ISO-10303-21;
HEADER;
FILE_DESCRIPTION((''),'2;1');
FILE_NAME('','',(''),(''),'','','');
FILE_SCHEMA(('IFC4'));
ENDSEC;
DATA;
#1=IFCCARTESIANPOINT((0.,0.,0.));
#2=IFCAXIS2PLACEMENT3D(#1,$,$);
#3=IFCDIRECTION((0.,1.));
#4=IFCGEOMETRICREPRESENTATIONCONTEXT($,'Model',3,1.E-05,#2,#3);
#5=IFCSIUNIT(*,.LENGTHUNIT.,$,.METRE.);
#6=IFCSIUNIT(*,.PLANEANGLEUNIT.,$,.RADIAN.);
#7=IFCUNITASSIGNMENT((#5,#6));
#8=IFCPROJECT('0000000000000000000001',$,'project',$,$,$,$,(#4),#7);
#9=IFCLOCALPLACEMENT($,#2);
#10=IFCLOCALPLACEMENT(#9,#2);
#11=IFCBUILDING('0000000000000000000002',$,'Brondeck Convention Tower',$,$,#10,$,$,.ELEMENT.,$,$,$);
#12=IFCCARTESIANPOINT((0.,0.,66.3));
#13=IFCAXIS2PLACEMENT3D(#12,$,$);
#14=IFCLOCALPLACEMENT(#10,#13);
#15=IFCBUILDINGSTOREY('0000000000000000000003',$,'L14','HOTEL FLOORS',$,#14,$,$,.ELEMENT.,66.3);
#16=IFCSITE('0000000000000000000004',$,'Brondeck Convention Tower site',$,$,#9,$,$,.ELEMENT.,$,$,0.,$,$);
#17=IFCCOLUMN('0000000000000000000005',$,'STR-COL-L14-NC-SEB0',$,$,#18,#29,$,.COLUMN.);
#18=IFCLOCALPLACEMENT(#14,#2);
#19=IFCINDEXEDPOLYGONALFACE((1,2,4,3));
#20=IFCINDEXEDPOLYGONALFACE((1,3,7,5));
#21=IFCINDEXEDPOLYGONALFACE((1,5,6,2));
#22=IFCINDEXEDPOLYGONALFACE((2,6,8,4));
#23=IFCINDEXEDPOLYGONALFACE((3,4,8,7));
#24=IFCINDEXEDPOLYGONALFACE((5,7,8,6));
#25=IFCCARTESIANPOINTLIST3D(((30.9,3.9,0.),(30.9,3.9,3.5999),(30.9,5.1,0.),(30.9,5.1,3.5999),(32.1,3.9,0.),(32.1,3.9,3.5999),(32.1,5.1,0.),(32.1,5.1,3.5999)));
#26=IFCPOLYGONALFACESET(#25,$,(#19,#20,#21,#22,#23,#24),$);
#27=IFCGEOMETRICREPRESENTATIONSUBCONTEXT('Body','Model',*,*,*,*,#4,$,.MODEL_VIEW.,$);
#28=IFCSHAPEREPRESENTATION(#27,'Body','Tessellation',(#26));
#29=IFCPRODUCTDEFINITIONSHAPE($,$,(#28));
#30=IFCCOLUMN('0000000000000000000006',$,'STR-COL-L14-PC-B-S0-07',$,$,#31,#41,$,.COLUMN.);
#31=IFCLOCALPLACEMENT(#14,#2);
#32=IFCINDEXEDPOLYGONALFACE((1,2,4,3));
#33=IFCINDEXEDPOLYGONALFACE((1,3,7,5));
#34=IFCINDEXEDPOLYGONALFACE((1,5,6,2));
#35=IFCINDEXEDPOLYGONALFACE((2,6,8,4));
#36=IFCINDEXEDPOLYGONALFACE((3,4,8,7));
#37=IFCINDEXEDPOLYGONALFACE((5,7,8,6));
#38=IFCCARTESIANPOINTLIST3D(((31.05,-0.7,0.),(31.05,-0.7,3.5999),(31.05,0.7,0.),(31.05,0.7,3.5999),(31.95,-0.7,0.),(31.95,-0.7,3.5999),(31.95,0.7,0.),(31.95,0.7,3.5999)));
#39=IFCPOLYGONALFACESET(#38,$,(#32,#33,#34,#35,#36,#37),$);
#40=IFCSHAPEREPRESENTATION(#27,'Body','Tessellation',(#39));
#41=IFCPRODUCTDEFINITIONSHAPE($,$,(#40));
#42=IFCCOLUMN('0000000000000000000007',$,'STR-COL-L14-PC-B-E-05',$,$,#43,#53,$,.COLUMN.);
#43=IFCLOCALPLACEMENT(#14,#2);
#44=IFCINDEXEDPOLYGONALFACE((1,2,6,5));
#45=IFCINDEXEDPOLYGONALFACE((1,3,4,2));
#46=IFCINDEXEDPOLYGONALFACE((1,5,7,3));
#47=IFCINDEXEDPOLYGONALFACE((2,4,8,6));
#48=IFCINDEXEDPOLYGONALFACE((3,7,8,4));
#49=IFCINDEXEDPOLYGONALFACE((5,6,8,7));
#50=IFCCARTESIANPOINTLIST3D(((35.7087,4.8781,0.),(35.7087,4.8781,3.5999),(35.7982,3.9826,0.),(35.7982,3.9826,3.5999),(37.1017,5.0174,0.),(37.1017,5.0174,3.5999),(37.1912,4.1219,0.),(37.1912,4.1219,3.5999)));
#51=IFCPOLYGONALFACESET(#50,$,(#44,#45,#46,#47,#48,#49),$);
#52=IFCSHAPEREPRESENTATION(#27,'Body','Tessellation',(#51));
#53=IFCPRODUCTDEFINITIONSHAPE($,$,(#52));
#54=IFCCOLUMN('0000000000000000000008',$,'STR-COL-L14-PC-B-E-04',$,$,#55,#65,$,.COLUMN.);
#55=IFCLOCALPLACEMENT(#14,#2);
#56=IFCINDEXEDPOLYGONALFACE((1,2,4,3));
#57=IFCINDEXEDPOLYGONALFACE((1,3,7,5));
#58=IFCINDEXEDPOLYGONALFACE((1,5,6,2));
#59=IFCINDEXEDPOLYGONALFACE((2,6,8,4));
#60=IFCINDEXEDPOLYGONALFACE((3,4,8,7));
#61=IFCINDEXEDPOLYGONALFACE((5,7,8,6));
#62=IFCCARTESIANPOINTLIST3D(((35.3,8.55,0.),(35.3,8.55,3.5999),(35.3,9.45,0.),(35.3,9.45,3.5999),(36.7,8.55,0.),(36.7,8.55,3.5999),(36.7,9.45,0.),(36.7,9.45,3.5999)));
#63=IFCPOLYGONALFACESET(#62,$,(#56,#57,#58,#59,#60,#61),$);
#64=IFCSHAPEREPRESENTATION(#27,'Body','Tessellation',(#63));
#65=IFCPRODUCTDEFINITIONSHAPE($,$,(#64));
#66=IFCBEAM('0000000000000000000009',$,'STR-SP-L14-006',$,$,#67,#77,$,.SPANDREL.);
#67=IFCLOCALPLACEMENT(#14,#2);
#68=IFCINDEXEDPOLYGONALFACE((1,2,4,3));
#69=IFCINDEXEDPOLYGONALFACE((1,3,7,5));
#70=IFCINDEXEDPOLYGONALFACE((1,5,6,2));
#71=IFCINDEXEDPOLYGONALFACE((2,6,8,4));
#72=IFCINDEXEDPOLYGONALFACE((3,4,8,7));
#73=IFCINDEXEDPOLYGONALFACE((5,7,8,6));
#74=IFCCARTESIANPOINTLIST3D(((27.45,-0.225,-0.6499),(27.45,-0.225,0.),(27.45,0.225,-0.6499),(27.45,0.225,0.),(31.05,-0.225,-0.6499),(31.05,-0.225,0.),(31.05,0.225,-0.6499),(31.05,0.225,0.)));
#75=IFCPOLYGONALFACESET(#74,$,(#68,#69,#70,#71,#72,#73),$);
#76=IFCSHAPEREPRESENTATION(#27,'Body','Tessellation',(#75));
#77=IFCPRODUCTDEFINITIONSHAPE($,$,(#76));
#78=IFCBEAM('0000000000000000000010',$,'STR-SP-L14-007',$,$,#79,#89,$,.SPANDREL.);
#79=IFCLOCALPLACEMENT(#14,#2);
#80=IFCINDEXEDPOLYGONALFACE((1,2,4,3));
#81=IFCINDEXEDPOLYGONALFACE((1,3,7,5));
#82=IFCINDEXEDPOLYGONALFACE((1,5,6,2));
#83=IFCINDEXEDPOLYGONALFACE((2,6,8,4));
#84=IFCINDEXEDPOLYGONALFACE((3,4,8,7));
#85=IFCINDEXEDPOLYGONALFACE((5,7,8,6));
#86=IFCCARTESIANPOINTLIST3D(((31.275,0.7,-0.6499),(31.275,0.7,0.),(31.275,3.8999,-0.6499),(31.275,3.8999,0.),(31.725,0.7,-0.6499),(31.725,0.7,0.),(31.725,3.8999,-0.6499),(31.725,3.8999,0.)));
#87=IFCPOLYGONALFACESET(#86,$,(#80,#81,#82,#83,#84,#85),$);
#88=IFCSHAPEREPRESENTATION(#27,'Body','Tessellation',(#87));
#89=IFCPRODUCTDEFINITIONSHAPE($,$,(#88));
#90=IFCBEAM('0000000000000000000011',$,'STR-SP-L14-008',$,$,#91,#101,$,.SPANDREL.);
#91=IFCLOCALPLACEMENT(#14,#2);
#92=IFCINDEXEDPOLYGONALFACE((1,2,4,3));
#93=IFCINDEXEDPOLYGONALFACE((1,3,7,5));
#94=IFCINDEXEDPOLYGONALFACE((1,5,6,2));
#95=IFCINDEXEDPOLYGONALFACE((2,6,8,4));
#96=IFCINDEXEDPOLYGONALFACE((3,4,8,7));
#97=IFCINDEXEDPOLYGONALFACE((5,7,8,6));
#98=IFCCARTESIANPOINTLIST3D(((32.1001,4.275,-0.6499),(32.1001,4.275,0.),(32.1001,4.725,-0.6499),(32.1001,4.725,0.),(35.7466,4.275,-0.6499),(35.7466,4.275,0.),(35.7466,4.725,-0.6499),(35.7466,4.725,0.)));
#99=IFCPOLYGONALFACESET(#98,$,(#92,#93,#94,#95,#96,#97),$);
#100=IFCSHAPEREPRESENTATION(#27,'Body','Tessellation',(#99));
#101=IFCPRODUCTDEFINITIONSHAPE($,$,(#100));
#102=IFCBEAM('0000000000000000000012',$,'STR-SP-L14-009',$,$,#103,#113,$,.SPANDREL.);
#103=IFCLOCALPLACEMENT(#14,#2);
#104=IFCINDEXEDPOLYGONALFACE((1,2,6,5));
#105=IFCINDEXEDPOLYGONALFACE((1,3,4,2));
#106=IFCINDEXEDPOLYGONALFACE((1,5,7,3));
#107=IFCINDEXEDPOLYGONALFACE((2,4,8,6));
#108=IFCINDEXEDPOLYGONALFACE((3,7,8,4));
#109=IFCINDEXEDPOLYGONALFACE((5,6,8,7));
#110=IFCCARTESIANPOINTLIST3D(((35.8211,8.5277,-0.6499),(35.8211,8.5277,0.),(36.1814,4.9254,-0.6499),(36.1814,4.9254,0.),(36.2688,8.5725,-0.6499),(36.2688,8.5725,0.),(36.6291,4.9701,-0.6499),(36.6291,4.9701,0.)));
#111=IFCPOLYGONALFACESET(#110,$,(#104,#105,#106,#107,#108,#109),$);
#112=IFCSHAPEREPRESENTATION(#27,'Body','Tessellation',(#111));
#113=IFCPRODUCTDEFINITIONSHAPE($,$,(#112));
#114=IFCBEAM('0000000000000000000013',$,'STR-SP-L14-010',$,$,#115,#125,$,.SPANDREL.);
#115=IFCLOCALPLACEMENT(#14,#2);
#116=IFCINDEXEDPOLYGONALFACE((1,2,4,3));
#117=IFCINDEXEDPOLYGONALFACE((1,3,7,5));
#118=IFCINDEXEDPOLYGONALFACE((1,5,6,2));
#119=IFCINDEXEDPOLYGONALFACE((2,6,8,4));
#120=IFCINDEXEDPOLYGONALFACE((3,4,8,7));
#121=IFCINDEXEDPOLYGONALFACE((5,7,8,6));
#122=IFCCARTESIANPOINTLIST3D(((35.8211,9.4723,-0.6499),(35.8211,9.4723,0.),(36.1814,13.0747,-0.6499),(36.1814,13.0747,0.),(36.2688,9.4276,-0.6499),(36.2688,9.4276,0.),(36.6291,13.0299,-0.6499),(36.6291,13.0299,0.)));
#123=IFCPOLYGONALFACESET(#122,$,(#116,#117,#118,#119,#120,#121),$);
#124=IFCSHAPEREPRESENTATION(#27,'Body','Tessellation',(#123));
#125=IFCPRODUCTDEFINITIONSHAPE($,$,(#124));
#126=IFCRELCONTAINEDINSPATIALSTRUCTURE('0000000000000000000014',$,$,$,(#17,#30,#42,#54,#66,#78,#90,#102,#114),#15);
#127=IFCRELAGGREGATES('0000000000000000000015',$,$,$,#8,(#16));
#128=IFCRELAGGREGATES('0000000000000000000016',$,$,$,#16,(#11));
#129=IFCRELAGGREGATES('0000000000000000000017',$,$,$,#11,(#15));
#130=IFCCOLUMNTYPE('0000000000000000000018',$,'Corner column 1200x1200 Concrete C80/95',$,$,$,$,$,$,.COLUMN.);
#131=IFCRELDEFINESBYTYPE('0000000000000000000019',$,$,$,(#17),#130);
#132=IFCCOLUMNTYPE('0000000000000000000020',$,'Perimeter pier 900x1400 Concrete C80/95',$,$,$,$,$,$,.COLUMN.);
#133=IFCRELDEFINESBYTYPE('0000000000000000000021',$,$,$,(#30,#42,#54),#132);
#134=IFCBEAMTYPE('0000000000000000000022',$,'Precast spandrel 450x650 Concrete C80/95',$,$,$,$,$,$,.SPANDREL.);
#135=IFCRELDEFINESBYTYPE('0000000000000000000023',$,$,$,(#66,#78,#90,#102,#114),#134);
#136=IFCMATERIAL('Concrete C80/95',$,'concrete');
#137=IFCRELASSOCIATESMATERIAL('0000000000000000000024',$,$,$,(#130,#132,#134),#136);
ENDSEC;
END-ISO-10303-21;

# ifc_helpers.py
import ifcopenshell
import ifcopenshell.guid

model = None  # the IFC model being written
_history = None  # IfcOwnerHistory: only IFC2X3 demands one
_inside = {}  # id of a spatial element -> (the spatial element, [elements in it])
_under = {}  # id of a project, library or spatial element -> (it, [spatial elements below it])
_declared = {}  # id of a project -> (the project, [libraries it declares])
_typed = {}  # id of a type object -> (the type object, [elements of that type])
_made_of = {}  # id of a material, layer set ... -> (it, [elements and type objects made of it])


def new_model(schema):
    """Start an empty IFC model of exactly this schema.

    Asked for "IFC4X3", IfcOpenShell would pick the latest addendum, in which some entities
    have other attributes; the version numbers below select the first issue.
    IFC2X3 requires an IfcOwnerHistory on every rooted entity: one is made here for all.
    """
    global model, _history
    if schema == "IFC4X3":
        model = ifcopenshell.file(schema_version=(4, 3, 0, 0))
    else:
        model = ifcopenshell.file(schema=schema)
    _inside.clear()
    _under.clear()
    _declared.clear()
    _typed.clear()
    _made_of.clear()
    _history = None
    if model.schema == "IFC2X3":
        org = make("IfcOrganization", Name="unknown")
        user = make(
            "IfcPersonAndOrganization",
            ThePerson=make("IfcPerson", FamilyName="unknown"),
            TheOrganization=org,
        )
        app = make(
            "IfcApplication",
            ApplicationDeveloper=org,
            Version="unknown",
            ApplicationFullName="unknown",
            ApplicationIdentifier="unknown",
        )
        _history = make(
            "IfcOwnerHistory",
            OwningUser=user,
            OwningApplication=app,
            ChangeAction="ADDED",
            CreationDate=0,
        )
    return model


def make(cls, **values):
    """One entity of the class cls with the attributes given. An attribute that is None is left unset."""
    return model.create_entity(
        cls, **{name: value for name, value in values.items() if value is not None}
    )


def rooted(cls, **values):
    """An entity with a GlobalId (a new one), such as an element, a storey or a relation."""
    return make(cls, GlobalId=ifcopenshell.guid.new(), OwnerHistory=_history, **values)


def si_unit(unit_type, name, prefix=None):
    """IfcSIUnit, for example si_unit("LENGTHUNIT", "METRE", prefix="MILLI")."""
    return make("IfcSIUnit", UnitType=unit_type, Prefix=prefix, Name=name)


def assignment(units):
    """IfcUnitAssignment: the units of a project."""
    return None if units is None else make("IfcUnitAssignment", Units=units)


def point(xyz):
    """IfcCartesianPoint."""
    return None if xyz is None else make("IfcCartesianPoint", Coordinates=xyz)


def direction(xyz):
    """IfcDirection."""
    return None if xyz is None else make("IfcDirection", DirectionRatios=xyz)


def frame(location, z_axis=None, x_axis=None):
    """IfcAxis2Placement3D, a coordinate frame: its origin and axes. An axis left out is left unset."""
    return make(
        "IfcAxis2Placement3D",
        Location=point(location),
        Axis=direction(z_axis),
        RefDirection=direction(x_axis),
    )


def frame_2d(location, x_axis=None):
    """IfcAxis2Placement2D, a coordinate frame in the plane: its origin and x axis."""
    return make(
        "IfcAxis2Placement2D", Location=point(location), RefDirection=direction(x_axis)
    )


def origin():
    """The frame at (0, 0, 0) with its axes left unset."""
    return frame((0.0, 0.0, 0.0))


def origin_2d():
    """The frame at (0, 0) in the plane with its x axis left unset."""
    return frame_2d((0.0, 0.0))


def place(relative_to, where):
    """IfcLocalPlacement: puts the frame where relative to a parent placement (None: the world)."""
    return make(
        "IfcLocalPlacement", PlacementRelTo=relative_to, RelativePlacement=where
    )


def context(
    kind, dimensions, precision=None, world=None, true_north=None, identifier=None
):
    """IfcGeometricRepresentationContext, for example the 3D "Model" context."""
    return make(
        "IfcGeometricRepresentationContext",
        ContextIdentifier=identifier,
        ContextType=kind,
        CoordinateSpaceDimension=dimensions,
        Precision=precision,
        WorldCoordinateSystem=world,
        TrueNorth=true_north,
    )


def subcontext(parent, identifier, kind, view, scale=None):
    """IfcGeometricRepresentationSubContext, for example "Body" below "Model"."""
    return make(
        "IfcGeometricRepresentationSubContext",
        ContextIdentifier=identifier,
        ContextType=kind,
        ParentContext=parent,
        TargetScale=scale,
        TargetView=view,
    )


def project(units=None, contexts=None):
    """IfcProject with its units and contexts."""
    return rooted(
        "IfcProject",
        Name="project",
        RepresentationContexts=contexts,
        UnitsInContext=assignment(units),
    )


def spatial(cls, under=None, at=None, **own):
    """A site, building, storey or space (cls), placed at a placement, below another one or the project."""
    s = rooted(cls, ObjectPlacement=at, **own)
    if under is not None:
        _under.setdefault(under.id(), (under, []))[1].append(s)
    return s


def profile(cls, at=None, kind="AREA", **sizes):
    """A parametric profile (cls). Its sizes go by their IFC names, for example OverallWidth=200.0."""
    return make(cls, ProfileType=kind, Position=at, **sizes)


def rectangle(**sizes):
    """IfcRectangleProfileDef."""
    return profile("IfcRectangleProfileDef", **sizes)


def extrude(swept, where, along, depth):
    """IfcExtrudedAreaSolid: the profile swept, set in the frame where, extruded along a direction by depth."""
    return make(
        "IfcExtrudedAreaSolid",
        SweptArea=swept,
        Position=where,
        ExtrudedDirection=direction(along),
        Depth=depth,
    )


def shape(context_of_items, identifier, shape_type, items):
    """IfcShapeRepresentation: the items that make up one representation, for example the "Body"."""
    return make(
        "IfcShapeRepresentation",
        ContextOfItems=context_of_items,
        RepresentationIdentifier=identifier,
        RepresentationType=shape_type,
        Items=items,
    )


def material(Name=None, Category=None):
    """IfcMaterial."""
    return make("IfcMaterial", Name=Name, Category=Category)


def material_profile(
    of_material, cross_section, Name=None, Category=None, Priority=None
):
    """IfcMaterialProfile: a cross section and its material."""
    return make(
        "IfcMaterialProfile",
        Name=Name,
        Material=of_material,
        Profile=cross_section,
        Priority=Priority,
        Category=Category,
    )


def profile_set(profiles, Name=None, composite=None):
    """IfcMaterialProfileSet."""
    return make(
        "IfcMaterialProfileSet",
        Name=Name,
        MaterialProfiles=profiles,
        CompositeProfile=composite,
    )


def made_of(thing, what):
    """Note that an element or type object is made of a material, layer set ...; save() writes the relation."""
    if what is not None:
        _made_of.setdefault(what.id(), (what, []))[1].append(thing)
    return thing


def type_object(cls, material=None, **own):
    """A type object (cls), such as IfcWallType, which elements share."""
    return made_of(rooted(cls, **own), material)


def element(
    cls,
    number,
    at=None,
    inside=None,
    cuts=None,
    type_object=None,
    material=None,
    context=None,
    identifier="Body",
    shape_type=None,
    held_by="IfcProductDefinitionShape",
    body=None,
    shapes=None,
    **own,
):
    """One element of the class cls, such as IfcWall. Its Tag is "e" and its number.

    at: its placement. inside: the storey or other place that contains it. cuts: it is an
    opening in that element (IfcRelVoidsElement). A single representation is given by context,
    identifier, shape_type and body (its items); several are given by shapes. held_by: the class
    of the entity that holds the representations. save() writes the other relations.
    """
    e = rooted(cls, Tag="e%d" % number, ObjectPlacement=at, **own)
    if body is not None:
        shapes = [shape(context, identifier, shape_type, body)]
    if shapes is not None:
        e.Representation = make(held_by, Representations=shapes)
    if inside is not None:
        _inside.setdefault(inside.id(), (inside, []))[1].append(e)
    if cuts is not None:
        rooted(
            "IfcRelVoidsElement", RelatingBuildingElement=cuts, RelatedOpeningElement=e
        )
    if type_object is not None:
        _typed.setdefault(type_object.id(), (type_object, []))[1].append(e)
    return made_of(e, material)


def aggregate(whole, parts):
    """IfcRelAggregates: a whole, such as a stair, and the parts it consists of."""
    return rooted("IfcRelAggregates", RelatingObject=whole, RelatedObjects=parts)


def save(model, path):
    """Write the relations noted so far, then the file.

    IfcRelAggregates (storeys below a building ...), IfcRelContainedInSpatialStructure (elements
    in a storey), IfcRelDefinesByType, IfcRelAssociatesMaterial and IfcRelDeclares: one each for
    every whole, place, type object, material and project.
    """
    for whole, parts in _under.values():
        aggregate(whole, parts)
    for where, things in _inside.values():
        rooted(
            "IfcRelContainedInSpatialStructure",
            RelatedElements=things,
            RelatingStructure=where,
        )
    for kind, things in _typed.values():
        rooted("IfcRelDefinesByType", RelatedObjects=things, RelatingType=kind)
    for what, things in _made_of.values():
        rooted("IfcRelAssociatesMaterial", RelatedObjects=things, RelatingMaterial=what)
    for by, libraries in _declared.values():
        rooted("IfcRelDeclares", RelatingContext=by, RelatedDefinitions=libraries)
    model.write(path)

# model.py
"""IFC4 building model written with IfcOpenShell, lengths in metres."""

from ifc_helpers import new_model, si_unit, direction, frame, origin, origin_2d, place, context, subcontext, project, spatial, rectangle, extrude, material, material_profile, profile_set, type_object, element, save


model = new_model("IFC4")

# Units and contexts
model_context = context("Model", 3, precision=1e-05, world=origin(), true_north=direction((0.0, 1.0)))
body_context = subcontext(model_context, "Body", "Model", "MODEL_VIEW")
ifc_project = project(units=[si_unit("LENGTHUNIT", "METRE"), si_unit("PLANEANGLEUNIT", "RADIAN")], contexts=[model_context])

# Site, building, storey
site_placement = place(None, origin())
site = spatial("IfcSite", under=ifc_project, at=site_placement, Name="Brondeck Convention Tower site", CompositionType="ELEMENT", RefElevation=0.0)
building_placement = place(site_placement, origin())
building = spatial("IfcBuilding", under=site, at=building_placement, Name="Brondeck Convention Tower", CompositionType="ELEMENT")
storey_placement = place(building_placement, frame((0.0, 0.0, 66.3)))
storey = spatial("IfcBuildingStorey", under=building, at=storey_placement, Name="L14", Description="HOTEL FLOORS", CompositionType="ELEMENT", Elevation=66.3)

# Columns
ifc_material_1 = material(Name="Concrete C80/95", Category="concrete")
ifc_material_profile_1 = material_profile(ifc_material_1, rectangle(XDim=1.2, YDim=1.2, at=origin_2d()), Name="Corner column 1200x1200 Concrete C80/95")
ifc_profile_set_1 = profile_set([ifc_material_profile_1], Name="Concrete C80/95")
column_type_1 = type_object("IfcColumnType", Name="Corner column 1200x1200 Concrete C80/95", PredefinedType="COLUMN", material=ifc_profile_set_1)
column_placement = place(storey_placement, frame((31.5, 4.5, 0.0), z_axis=(0.0, 0.0, 1.0), x_axis=(1.0, 0.0, 0.0)))
element("IfcColumn", 1, at=column_placement, inside=storey, type_object=column_type_1, Name="STR-COL-L14-NC-SEB0", PredefinedType="COLUMN", context=body_context, shape_type="SweptSolid", body=[
    extrude(rectangle(XDim=1.2, YDim=1.2, at=origin_2d()), origin(), (0.0, 0.0, 1.0), 3.5999),
])
ifc_material_profile_2 = material_profile(ifc_material_1, rectangle(XDim=0.8999, YDim=1.3999, at=origin_2d()), Name="Perimeter pier 900x1400 Concrete C80/95")
ifc_profile_set_2 = profile_set([ifc_material_profile_2], Name="Concrete C80/95")
column_type_2 = type_object("IfcColumnType", Name="Perimeter pier 900x1400 Concrete C80/95", PredefinedType="COLUMN", material=ifc_profile_set_2)
for number, where, z_axis, x_axis, name in (
    (2, (31.5, 0.0, 0.0), (0.0, 0.0, 1.0), (1.0, 0.0, 0.0), "STR-COL-L14-PC-B-S0-07"),
    (3, (36.45, 4.5, 0.0), (0.0, 0.0, 1.0), (-0.099504, 0.995037, 0.0), "STR-COL-L14-PC-B-E-05"),
    (4, (36.0, 9.0, 0.0), (0.0, 0.0, 1.0), (0.0, 1.0, 0.0), "STR-COL-L14-PC-B-E-04"),
):
    element("IfcColumn", number, at=place(storey_placement, frame(where, z_axis=z_axis, x_axis=x_axis)), inside=storey, type_object=column_type_2, Name=name, PredefinedType="COLUMN", context=body_context, shape_type="SweptSolid", body=[
        extrude(rectangle(XDim=0.8999, YDim=1.3999, at=origin_2d()), origin(), (0.0, 0.0, 1.0), 3.5999),
    ])

# Beams
ifc_material_profile_3 = material_profile(ifc_material_1, rectangle(XDim=0.45, YDim=0.6499, at=origin_2d()), Name="Precast spandrel 450x650 Concrete C80/95")
ifc_profile_set_3 = profile_set([ifc_material_profile_3], Name="Concrete C80/95")
beam_type = type_object("IfcBeamType", Name="Precast spandrel 450x650 Concrete C80/95", PredefinedType="SPANDREL", material=ifc_profile_set_3)
beam_1_placement = place(storey_placement, frame((27.45, 0.0, -0.325), z_axis=(1.0, 0.0, 0.0), x_axis=(0.0, 1.0, 0.0)))
element("IfcBeam", 5, at=beam_1_placement, inside=storey, type_object=beam_type, Name="STR-SP-L14-006", PredefinedType="SPANDREL", context=body_context, shape_type="SweptSolid", body=[
    extrude(rectangle(XDim=0.45, YDim=0.6499, at=origin_2d()), origin(), (0.0, 0.0, 1.0), 3.6001),
])
beam_2_placement = place(storey_placement, frame((31.5, 0.7, -0.325), z_axis=(0.0, 1.0, 0.0), x_axis=(-1.0, 0.0, 0.0)))
element("IfcBeam", 6, at=beam_2_placement, inside=storey, type_object=beam_type, Name="STR-SP-L14-007", PredefinedType="SPANDREL", context=body_context, shape_type="SweptSolid", body=[
    extrude(rectangle(XDim=0.45, YDim=0.6499, at=origin_2d()), origin(), (0.0, 0.0, 1.0), 3.2),
])
beam_3_placement = place(storey_placement, frame((32.1001, 4.5, -0.325), z_axis=(1.0, 0.0, 0.0), x_axis=(0.0, 1.0, 0.0)))
element("IfcBeam", 7, at=beam_3_placement, inside=storey, type_object=beam_type, Name="STR-SP-L14-008", PredefinedType="SPANDREL", context=body_context, shape_type="SweptSolid", body=[
    extrude(rectangle(XDim=0.45, YDim=0.6499, at=origin_2d()), origin(), (0.0, 0.0, 1.0), 3.6465),
])
for number, where, z_axis, x_axis, name in (
    (8, (36.4053, 4.9478, -0.325), (-0.099537, 0.995034, 0.0), (-0.995034, -0.099537, 0.0), "STR-SP-L14-009"),
    (9, (36.0449, 9.45, -0.325), (0.099537, 0.995034, 0.0), (-0.995034, 0.099537, 0.0), "STR-SP-L14-010"),
):
    element("IfcBeam", number, at=place(storey_placement, frame(where, z_axis=z_axis, x_axis=x_axis)), inside=storey, type_object=beam_type, Name=name, PredefinedType="SPANDREL", context=body_context, shape_type="SweptSolid", body=[
        extrude(rectangle(XDim=0.45, YDim=0.6499, at=origin_2d()), origin(), (0.0, 0.0, 1.0), 3.6204),
    ])

save(model, "model.ifc")
